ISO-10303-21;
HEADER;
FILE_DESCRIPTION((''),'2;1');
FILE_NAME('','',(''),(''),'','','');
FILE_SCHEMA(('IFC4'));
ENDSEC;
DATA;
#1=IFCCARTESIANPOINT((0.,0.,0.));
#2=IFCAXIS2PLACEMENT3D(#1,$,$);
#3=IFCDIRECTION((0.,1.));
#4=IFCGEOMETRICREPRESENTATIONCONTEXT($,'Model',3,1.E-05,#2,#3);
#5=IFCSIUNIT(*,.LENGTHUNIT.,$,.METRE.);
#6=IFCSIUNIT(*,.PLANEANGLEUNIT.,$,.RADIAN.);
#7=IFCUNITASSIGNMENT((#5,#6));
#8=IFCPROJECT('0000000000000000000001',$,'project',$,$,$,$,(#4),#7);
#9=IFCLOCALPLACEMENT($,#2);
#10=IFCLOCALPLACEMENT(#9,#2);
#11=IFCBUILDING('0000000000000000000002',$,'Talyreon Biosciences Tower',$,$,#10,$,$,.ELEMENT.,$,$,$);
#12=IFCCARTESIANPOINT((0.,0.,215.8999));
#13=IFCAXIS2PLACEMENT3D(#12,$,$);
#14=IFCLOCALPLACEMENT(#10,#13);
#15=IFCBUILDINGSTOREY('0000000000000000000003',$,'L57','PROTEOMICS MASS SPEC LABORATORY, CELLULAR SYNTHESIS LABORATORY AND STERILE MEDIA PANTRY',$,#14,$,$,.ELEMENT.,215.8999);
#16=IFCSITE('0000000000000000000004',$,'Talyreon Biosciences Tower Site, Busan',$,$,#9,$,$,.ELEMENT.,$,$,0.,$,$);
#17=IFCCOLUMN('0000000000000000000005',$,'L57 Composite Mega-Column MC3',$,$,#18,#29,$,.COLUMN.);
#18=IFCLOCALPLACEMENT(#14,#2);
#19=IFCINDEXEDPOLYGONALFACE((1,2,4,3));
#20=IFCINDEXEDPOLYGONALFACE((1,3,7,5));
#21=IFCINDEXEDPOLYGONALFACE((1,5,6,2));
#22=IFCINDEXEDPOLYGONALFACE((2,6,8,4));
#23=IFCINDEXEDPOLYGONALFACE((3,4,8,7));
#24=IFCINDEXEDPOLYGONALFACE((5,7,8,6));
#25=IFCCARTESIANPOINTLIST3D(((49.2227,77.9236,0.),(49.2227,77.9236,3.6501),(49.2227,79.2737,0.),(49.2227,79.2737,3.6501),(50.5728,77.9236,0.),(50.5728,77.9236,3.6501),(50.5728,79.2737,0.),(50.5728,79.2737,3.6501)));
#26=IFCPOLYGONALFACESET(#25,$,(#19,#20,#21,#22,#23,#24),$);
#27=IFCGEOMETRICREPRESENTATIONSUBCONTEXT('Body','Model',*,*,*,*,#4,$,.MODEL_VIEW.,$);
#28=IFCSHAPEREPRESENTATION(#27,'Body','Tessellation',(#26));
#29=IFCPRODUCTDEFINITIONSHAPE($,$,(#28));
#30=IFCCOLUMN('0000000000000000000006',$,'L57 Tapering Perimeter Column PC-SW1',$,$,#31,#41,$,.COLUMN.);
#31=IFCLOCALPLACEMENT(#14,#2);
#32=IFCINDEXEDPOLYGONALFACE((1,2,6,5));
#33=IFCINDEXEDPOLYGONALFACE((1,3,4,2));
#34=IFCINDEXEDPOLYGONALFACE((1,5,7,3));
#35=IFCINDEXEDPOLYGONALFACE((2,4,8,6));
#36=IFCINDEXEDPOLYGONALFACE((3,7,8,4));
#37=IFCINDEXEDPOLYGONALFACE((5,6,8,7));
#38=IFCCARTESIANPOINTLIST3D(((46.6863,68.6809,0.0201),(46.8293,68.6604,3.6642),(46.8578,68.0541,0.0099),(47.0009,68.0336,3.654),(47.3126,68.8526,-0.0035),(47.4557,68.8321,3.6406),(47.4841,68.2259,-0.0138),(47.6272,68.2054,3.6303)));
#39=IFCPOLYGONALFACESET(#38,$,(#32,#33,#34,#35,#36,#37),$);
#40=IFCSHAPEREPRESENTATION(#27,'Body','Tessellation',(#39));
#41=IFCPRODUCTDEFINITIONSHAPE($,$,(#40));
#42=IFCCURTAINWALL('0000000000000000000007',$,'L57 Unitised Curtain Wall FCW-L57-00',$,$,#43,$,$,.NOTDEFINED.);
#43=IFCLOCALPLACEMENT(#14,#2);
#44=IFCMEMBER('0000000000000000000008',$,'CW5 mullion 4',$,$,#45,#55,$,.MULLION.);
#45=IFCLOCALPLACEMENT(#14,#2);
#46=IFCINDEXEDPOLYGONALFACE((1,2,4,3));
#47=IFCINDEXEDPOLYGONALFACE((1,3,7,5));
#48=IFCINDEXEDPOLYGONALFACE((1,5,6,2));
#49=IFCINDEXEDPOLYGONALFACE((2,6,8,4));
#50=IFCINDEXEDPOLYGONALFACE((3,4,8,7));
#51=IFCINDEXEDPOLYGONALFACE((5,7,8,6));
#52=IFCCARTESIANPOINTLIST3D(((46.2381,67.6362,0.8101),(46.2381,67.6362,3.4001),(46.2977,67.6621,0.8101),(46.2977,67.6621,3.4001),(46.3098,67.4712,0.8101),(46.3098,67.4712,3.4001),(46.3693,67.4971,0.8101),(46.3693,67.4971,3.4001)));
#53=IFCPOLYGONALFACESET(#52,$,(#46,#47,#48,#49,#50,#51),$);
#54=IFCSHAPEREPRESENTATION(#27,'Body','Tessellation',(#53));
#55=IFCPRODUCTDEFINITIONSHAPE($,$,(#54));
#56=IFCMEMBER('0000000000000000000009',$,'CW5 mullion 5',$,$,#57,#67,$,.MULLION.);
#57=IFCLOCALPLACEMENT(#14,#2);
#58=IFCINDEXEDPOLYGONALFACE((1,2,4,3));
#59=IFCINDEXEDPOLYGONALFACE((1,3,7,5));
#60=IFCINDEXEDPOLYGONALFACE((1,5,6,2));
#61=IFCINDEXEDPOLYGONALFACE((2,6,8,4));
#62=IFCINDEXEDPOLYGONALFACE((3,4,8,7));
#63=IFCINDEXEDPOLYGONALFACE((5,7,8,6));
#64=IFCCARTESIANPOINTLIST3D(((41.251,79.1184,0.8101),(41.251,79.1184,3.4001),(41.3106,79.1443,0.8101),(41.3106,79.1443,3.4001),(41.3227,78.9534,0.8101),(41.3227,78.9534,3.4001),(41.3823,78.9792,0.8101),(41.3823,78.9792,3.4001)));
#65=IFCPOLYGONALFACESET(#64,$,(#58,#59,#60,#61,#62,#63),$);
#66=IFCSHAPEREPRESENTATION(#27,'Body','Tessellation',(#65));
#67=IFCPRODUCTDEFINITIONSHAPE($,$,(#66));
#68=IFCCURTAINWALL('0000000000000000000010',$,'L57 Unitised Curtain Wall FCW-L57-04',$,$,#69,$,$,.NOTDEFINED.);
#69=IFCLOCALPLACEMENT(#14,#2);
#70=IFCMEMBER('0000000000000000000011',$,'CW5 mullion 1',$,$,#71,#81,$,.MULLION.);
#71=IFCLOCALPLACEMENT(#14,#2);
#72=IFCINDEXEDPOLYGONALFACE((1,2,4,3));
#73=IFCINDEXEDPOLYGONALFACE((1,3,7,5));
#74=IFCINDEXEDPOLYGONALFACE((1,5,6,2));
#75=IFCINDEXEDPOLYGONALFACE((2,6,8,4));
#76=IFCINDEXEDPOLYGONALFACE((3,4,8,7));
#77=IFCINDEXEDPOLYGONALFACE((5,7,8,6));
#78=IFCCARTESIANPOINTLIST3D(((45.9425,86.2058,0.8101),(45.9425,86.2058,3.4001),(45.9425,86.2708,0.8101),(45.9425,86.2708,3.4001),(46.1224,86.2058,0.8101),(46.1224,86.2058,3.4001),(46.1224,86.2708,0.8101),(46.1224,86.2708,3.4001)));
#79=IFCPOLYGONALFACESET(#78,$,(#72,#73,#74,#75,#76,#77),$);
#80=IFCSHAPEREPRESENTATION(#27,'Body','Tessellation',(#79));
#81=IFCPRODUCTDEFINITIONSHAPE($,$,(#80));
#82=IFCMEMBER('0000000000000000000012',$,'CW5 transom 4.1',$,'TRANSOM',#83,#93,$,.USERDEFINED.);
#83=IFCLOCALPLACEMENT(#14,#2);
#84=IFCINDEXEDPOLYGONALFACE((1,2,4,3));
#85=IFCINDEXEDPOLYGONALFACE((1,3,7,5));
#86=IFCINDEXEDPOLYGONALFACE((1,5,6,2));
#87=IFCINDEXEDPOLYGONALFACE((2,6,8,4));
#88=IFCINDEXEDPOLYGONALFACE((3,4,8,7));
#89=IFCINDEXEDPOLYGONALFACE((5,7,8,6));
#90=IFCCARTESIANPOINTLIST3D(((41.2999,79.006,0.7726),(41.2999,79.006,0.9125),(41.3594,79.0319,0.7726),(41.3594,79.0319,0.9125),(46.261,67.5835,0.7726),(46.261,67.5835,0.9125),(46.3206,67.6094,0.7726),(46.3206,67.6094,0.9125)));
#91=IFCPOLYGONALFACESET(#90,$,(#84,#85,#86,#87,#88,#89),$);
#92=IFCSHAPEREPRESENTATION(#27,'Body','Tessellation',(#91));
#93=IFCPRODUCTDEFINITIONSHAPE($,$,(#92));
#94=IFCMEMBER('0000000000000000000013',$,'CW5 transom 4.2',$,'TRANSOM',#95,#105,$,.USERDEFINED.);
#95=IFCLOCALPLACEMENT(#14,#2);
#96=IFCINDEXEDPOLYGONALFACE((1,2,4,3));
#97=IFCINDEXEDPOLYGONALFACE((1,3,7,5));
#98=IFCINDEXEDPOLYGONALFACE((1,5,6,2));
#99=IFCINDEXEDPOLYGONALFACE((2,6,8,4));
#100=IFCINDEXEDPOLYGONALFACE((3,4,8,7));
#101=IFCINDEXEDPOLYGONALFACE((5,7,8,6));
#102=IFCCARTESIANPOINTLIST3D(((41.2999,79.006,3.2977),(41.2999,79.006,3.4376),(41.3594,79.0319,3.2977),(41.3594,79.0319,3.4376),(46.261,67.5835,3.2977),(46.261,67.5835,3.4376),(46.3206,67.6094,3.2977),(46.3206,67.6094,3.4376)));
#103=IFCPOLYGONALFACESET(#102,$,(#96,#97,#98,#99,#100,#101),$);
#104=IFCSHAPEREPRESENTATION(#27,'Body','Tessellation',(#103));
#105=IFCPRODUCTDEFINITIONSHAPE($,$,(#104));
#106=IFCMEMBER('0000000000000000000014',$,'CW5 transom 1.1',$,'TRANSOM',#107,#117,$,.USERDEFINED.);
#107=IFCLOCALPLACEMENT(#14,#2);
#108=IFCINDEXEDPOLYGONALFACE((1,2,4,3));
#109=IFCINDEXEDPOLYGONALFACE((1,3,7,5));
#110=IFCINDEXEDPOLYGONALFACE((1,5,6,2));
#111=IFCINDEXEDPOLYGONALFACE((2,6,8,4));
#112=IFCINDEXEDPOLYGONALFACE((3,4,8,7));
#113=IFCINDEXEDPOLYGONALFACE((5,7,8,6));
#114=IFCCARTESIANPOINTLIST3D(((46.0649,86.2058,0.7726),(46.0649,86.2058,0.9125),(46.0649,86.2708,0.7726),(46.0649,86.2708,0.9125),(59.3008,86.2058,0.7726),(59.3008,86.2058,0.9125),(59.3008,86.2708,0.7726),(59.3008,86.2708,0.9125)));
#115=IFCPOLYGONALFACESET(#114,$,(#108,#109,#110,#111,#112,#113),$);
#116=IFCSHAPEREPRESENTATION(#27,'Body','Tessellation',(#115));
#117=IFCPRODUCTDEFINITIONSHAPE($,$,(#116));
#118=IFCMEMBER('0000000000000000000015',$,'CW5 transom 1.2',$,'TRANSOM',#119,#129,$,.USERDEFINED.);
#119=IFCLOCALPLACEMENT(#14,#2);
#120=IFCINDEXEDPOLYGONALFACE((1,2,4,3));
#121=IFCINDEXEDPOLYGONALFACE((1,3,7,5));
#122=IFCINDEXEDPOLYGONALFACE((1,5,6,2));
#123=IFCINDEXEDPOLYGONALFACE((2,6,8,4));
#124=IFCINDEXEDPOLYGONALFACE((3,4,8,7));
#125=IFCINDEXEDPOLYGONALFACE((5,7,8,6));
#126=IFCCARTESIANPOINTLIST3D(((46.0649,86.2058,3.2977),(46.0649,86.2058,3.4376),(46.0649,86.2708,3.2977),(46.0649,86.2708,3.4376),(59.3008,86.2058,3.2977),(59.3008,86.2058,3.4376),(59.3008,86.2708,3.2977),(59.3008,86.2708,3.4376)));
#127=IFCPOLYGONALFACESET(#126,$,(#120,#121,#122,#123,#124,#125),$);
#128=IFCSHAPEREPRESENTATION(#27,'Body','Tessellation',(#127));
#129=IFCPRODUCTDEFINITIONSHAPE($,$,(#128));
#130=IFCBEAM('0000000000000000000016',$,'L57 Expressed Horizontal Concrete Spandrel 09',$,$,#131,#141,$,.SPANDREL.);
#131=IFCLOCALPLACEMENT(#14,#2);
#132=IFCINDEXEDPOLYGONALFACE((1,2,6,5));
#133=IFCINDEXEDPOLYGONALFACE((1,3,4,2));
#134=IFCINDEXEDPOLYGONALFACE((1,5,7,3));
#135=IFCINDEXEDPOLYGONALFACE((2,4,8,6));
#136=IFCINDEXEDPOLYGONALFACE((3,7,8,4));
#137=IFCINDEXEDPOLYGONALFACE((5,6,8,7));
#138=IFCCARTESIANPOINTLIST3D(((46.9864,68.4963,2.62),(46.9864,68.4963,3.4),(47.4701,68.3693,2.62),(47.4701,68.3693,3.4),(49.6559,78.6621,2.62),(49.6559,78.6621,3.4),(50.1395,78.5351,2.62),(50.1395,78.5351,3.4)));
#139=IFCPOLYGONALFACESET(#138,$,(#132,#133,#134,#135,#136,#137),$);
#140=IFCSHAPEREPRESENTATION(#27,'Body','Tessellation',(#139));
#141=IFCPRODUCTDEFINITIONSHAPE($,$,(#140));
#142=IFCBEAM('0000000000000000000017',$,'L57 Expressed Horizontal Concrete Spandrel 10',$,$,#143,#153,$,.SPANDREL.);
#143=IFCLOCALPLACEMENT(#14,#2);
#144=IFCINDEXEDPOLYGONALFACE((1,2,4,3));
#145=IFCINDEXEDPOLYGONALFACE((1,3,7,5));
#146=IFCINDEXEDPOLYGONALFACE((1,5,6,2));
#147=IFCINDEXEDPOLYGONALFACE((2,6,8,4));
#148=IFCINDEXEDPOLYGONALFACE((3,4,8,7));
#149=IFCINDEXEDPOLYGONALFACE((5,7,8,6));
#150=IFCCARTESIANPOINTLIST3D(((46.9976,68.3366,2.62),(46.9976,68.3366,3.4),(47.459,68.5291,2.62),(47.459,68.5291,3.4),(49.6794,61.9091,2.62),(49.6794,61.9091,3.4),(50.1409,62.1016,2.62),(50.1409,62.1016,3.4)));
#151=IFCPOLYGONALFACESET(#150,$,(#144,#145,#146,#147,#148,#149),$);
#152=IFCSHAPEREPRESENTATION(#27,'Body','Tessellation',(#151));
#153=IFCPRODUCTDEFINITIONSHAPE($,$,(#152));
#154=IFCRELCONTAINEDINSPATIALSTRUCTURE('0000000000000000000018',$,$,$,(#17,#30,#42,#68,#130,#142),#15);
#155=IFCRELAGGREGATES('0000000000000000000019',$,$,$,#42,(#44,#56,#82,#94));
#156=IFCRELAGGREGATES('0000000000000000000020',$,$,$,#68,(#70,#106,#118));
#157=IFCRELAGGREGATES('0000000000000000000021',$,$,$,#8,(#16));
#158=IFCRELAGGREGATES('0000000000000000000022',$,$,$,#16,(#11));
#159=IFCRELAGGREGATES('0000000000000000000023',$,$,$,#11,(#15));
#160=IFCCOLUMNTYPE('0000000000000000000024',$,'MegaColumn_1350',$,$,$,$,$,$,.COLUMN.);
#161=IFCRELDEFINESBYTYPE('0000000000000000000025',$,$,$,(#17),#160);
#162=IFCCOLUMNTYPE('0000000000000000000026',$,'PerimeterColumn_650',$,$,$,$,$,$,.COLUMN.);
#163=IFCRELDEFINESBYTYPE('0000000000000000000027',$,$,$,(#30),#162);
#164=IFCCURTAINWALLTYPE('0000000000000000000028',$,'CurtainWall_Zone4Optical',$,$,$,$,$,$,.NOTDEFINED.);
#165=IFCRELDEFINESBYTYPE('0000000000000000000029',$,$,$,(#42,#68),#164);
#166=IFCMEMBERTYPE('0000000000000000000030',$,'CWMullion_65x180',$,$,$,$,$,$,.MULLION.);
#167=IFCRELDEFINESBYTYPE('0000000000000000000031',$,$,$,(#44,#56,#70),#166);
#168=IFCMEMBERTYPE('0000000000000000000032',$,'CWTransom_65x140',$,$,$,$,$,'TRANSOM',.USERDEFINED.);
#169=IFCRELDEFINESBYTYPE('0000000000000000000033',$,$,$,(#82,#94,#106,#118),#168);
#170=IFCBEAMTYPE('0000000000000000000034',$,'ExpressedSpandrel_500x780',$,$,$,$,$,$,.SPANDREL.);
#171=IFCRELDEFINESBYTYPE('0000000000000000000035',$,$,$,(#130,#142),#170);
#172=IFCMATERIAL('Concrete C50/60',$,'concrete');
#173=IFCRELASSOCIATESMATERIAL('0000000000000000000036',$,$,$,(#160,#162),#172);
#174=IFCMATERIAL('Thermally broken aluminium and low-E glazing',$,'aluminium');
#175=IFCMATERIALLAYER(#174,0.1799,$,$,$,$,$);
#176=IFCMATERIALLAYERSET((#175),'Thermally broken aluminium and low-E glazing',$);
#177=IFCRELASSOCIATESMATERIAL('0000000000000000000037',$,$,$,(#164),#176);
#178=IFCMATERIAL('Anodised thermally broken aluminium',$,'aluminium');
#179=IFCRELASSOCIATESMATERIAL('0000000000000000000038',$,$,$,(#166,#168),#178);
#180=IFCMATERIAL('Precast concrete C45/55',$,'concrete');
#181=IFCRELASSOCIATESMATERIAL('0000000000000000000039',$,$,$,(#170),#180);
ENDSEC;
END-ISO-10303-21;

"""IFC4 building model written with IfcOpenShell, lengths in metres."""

from ifc_helpers import new_model, si_unit, direction, frame, origin, origin_2d, place, context, subcontext, project, spatial, rectangle, extrude, material, layer, layer_set, material_profile, profile_set, type_object, element, aggregate, save


model = new_model("IFC4")

# Units and contexts
model_context = context("Model", 3, precision=1e-05, world=origin(), true_north=direction((0.0, 1.0)))
body_context = subcontext(model_context, "Body", "Model", "MODEL_VIEW")
ifc_project = project(units=[si_unit("LENGTHUNIT", "METRE"), si_unit("PLANEANGLEUNIT", "RADIAN")], contexts=[model_context])

# Site, building, storey
site_placement = place(None, origin())
site = spatial("IfcSite", under=ifc_project, at=site_placement, Name="Talyreon Biosciences Tower Site, Busan", CompositionType="ELEMENT", RefElevation=0.0)
building_placement = place(site_placement, origin())
building = spatial("IfcBuilding", under=site, at=building_placement, Name="Talyreon Biosciences Tower", CompositionType="ELEMENT")
storey_placement = place(building_placement, frame((0.0, 0.0, 215.8999)))
storey = spatial("IfcBuildingStorey", under=building, at=storey_placement, Name="L57", Description="PROTEOMICS MASS SPEC LABORATORY, CELLULAR SYNTHESIS LABORATORY AND STERILE MEDIA PANTRY", CompositionType="ELEMENT", Elevation=215.8999)

# Columns
ifc_material_1 = material(Name="Concrete C50/60", Category="concrete")
ifc_material_profile_1 = material_profile(ifc_material_1, rectangle(XDim=1.3501, YDim=1.3501, at=origin_2d()), Name="RC 1350x1350")
ifc_profile_set_1 = profile_set([ifc_material_profile_1], Name="Concrete C50/60")
column_type_1 = type_object("IfcColumnType", Name="MegaColumn_1350", PredefinedType="COLUMN", material=ifc_profile_set_1)
column_1_placement = place(storey_placement, frame((49.8977, 78.5986, 0.0), z_axis=(0.0, 0.0, 1.0), x_axis=(1.0, 0.0, 0.0)))
element("IfcColumn", 1, at=column_1_placement, inside=storey, type_object=column_type_1, Name="L57 Composite Mega-Column MC3", PredefinedType="COLUMN", context=body_context, shape_type="SweptSolid", body=[
    extrude(rectangle(XDim=1.3501, YDim=1.3501, at=origin_2d()), origin(), (0.0, 0.0, 1.0), 3.6501),
])
ifc_material_profile_2 = material_profile(ifc_material_1, rectangle(XDim=0.6499, YDim=0.6499, at=origin_2d()), Name="RC 650x650")
ifc_profile_set_2 = profile_set([ifc_material_profile_2], Name="Concrete C50/60")
column_type_2 = type_object("IfcColumnType", Name="PerimeterColumn_650", PredefinedType="COLUMN", material=ifc_profile_set_2)
column_2_placement = place(storey_placement, frame((47.0852, 68.4534, 0.0032), z_axis=(0.03923, -0.005623, 0.999214), x_axis=(0.963754, 0.264304, -0.03635)))
element("IfcColumn", 2, at=column_2_placement, inside=storey, type_object=column_type_2, Name="L57 Tapering Perimeter Column PC-SW1", PredefinedType="COLUMN", context=body_context, shape_type="SweptSolid", body=[
    extrude(rectangle(XDim=0.6499, YDim=0.6499, at=origin_2d()), origin(), (0.0, 0.0, 1.0), 3.647),
])

# Curtain wall, members
ifc_material_2 = material(Name="Thermally broken aluminium and low-E glazing", Category="aluminium")
ifc_layer_1 = layer(ifc_material_2, 0.1799)
ifc_layer_set_1 = layer_set([ifc_layer_1], Name="Thermally broken aluminium and low-E glazing")
curtain_wall_type = type_object("IfcCurtainWallType", Name="CurtainWall_Zone4Optical", PredefinedType="NOTDEFINED", material=ifc_layer_set_1)
curtain_wall_1_placement = place(storey_placement, origin())
curtain_wall_1 = element("IfcCurtainWall", 3, at=curtain_wall_1_placement, inside=storey, type_object=curtain_wall_type, Name="L57 Unitised Curtain Wall FCW-L57-00", PredefinedType="NOTDEFINED")
ifc_material_3 = material(Name="Anodised thermally broken aluminium", Category="aluminium")
ifc_material_profile_3 = material_profile(ifc_material_3, rectangle(XDim=0.0649, YDim=0.1799, at=origin_2d()), Name="ALUM MULLION 65x180")
ifc_profile_set_3 = profile_set([ifc_material_profile_3], Name="Anodised thermally broken aluminium")
member_type_1 = type_object("IfcMemberType", Name="CWMullion_65x180", PredefinedType="MULLION", material=ifc_profile_set_3)
member_1_placement = place(storey_placement, frame((46.3037, 67.5667, 0.8101), z_axis=(0.0, 0.0, 1.0), x_axis=(-0.917222, -0.398376, 0.0)))
member_1 = element("IfcMember", 4, at=member_1_placement, type_object=member_type_1, Name="CW5 mullion 4", PredefinedType="MULLION", context=body_context, shape_type="SweptSolid", body=[
    extrude(rectangle(XDim=0.0649, YDim=0.1799, at=origin_2d()), origin(), (0.0, 0.0, 1.0), 2.5901),
])
member_2_placement = place(storey_placement, frame((41.3167, 79.0488, 0.8101), z_axis=(0.0, 0.0, 1.0), x_axis=(-0.917222, -0.398376, 0.0)))
member_2 = element("IfcMember", 5, at=member_2_placement, type_object=member_type_1, Name="CW5 mullion 5", PredefinedType="MULLION", context=body_context, shape_type="SweptSolid", body=[
    extrude(rectangle(XDim=0.0649, YDim=0.1799, at=origin_2d()), origin(), (0.0, 0.0, 1.0), 2.5901),
])

# Curtain wall, member
curtain_wall_2_placement = place(storey_placement, origin())
curtain_wall_2 = element("IfcCurtainWall", 6, at=curtain_wall_2_placement, inside=storey, type_object=curtain_wall_type, Name="L57 Unitised Curtain Wall FCW-L57-04", PredefinedType="NOTDEFINED")
member_3_placement = place(storey_placement, frame((46.0325, 86.2383, 0.8101), z_axis=(0.0, 0.0, 1.0), x_axis=(0.0, 1.0, 0.0)))
member_3 = element("IfcMember", 7, at=member_3_placement, type_object=member_type_1, Name="CW5 mullion 1", PredefinedType="MULLION", context=body_context, shape_type="SweptSolid", body=[
    extrude(rectangle(XDim=0.0649, YDim=0.1799, at=origin_2d()), origin(), (0.0, 0.0, 1.0), 2.5901),
])

# Members
ifc_material_profile_4 = material_profile(ifc_material_3, rectangle(XDim=0.0649, YDim=0.1399, at=origin_2d()), Name="ALUM TRANSOM 65x140")
ifc_profile_set_4 = profile_set([ifc_material_profile_4], Name="Anodised thermally broken aluminium")
member_type_2 = type_object("IfcMemberType", Name="CWTransom_65x140", ElementType="TRANSOM", PredefinedType="USERDEFINED", material=ifc_profile_set_4)
member_4_placement = place(storey_placement, frame((46.2908, 67.5964, 0.8425), z_axis=(-0.398377, 0.917222, 0.0), x_axis=(-0.917222, -0.398377, 0.0)))
member_4 = element("IfcMember", 8, at=member_4_placement, type_object=member_type_2, Name="CW5 transom 4.1", ObjectType="TRANSOM", PredefinedType="USERDEFINED", context=body_context, shape_type="SweptSolid", body=[
    extrude(rectangle(XDim=0.0649, YDim=0.1399, at=origin_2d()), origin(), (0.0, 0.0, 1.0), 12.4534),
])
member_5_placement = place(storey_placement, frame((46.2908, 67.5964, 3.3677), z_axis=(-0.398377, 0.917222, 0.0), x_axis=(-0.917222, -0.398377, 0.0)))
member_5 = element("IfcMember", 9, at=member_5_placement, type_object=member_type_2, Name="CW5 transom 4.2", ObjectType="TRANSOM", PredefinedType="USERDEFINED", context=body_context, shape_type="SweptSolid", body=[
    extrude(rectangle(XDim=0.0649, YDim=0.1399, at=origin_2d()), origin(), (0.0, 0.0, 1.0), 12.4534),
])
member_6_placement = place(storey_placement, frame((46.0649, 86.2383, 0.8425), z_axis=(1.0, 0.0, 0.0), x_axis=(0.0, 1.0, 0.0)))
member_6 = element("IfcMember", 10, at=member_6_placement, type_object=member_type_2, Name="CW5 transom 1.1", ObjectType="TRANSOM", PredefinedType="USERDEFINED", context=body_context, shape_type="SweptSolid", body=[
    extrude(rectangle(XDim=0.0649, YDim=0.1399, at=origin_2d()), origin(), (0.0, 0.0, 1.0), 13.2358),
])
member_7_placement = place(storey_placement, frame((46.0649, 86.2383, 3.3677), z_axis=(1.0, 0.0, 0.0), x_axis=(0.0, 1.0, 0.0)))
member_7 = element("IfcMember", 11, at=member_7_placement, type_object=member_type_2, Name="CW5 transom 1.2", ObjectType="TRANSOM", PredefinedType="USERDEFINED", context=body_context, shape_type="SweptSolid", body=[
    extrude(rectangle(XDim=0.0649, YDim=0.1399, at=origin_2d()), origin(), (0.0, 0.0, 1.0), 13.2358),
])

# Beams
ifc_material_4 = material(Name="Precast concrete C45/55", Category="concrete")
ifc_material_profile_5 = material_profile(ifc_material_4, rectangle(XDim=0.5, YDim=0.78, at=origin_2d()), Name="RCB 500x780")
ifc_profile_set_5 = profile_set([ifc_material_profile_5], Name="Precast concrete C45/55")
beam_type_1 = type_object("IfcBeamType", Name="ExpressedSpandrel_500x780", PredefinedType="SPANDREL", material=ifc_profile_set_5)
beam_1_placement = place(storey_placement, frame((49.8977, 78.5986, 3.01), z_axis=(-0.25398, -0.967209, 0.0), x_axis=(0.967209, -0.25398, 0.0)))
element("IfcBeam", 12, at=beam_1_placement, inside=storey, type_object=beam_type_1, Name="L57 Expressed Horizontal Concrete Spandrel 09", PredefinedType="SPANDREL", context=body_context, shape_type="SweptSolid", body=[
    extrude(rectangle(XDim=0.5, YDim=0.78, at=origin_2d()), origin(), (0.0, 0.0, 1.0), 10.5105),
])
beam_2_placement = place(storey_placement, frame((47.2283, 68.4329, 3.01), z_axis=(0.385076, -0.922885, 0.0), x_axis=(0.922885, 0.385076, 0.0)))
element("IfcBeam", 13, at=beam_2_placement, inside=storey, type_object=beam_type_1, Name="L57 Expressed Horizontal Concrete Spandrel 10", PredefinedType="SPANDREL", context=body_context, shape_type="SweptSolid", body=[
    extrude(rectangle(XDim=0.5, YDim=0.78, at=origin_2d()), origin(), (0.0, 0.0, 1.0), 6.9646),
])

aggregate(curtain_wall_1, [member_1, member_2, member_4, member_5])
aggregate(curtain_wall_2, [member_3, member_6, member_7])

save(model, "model.ifc")
